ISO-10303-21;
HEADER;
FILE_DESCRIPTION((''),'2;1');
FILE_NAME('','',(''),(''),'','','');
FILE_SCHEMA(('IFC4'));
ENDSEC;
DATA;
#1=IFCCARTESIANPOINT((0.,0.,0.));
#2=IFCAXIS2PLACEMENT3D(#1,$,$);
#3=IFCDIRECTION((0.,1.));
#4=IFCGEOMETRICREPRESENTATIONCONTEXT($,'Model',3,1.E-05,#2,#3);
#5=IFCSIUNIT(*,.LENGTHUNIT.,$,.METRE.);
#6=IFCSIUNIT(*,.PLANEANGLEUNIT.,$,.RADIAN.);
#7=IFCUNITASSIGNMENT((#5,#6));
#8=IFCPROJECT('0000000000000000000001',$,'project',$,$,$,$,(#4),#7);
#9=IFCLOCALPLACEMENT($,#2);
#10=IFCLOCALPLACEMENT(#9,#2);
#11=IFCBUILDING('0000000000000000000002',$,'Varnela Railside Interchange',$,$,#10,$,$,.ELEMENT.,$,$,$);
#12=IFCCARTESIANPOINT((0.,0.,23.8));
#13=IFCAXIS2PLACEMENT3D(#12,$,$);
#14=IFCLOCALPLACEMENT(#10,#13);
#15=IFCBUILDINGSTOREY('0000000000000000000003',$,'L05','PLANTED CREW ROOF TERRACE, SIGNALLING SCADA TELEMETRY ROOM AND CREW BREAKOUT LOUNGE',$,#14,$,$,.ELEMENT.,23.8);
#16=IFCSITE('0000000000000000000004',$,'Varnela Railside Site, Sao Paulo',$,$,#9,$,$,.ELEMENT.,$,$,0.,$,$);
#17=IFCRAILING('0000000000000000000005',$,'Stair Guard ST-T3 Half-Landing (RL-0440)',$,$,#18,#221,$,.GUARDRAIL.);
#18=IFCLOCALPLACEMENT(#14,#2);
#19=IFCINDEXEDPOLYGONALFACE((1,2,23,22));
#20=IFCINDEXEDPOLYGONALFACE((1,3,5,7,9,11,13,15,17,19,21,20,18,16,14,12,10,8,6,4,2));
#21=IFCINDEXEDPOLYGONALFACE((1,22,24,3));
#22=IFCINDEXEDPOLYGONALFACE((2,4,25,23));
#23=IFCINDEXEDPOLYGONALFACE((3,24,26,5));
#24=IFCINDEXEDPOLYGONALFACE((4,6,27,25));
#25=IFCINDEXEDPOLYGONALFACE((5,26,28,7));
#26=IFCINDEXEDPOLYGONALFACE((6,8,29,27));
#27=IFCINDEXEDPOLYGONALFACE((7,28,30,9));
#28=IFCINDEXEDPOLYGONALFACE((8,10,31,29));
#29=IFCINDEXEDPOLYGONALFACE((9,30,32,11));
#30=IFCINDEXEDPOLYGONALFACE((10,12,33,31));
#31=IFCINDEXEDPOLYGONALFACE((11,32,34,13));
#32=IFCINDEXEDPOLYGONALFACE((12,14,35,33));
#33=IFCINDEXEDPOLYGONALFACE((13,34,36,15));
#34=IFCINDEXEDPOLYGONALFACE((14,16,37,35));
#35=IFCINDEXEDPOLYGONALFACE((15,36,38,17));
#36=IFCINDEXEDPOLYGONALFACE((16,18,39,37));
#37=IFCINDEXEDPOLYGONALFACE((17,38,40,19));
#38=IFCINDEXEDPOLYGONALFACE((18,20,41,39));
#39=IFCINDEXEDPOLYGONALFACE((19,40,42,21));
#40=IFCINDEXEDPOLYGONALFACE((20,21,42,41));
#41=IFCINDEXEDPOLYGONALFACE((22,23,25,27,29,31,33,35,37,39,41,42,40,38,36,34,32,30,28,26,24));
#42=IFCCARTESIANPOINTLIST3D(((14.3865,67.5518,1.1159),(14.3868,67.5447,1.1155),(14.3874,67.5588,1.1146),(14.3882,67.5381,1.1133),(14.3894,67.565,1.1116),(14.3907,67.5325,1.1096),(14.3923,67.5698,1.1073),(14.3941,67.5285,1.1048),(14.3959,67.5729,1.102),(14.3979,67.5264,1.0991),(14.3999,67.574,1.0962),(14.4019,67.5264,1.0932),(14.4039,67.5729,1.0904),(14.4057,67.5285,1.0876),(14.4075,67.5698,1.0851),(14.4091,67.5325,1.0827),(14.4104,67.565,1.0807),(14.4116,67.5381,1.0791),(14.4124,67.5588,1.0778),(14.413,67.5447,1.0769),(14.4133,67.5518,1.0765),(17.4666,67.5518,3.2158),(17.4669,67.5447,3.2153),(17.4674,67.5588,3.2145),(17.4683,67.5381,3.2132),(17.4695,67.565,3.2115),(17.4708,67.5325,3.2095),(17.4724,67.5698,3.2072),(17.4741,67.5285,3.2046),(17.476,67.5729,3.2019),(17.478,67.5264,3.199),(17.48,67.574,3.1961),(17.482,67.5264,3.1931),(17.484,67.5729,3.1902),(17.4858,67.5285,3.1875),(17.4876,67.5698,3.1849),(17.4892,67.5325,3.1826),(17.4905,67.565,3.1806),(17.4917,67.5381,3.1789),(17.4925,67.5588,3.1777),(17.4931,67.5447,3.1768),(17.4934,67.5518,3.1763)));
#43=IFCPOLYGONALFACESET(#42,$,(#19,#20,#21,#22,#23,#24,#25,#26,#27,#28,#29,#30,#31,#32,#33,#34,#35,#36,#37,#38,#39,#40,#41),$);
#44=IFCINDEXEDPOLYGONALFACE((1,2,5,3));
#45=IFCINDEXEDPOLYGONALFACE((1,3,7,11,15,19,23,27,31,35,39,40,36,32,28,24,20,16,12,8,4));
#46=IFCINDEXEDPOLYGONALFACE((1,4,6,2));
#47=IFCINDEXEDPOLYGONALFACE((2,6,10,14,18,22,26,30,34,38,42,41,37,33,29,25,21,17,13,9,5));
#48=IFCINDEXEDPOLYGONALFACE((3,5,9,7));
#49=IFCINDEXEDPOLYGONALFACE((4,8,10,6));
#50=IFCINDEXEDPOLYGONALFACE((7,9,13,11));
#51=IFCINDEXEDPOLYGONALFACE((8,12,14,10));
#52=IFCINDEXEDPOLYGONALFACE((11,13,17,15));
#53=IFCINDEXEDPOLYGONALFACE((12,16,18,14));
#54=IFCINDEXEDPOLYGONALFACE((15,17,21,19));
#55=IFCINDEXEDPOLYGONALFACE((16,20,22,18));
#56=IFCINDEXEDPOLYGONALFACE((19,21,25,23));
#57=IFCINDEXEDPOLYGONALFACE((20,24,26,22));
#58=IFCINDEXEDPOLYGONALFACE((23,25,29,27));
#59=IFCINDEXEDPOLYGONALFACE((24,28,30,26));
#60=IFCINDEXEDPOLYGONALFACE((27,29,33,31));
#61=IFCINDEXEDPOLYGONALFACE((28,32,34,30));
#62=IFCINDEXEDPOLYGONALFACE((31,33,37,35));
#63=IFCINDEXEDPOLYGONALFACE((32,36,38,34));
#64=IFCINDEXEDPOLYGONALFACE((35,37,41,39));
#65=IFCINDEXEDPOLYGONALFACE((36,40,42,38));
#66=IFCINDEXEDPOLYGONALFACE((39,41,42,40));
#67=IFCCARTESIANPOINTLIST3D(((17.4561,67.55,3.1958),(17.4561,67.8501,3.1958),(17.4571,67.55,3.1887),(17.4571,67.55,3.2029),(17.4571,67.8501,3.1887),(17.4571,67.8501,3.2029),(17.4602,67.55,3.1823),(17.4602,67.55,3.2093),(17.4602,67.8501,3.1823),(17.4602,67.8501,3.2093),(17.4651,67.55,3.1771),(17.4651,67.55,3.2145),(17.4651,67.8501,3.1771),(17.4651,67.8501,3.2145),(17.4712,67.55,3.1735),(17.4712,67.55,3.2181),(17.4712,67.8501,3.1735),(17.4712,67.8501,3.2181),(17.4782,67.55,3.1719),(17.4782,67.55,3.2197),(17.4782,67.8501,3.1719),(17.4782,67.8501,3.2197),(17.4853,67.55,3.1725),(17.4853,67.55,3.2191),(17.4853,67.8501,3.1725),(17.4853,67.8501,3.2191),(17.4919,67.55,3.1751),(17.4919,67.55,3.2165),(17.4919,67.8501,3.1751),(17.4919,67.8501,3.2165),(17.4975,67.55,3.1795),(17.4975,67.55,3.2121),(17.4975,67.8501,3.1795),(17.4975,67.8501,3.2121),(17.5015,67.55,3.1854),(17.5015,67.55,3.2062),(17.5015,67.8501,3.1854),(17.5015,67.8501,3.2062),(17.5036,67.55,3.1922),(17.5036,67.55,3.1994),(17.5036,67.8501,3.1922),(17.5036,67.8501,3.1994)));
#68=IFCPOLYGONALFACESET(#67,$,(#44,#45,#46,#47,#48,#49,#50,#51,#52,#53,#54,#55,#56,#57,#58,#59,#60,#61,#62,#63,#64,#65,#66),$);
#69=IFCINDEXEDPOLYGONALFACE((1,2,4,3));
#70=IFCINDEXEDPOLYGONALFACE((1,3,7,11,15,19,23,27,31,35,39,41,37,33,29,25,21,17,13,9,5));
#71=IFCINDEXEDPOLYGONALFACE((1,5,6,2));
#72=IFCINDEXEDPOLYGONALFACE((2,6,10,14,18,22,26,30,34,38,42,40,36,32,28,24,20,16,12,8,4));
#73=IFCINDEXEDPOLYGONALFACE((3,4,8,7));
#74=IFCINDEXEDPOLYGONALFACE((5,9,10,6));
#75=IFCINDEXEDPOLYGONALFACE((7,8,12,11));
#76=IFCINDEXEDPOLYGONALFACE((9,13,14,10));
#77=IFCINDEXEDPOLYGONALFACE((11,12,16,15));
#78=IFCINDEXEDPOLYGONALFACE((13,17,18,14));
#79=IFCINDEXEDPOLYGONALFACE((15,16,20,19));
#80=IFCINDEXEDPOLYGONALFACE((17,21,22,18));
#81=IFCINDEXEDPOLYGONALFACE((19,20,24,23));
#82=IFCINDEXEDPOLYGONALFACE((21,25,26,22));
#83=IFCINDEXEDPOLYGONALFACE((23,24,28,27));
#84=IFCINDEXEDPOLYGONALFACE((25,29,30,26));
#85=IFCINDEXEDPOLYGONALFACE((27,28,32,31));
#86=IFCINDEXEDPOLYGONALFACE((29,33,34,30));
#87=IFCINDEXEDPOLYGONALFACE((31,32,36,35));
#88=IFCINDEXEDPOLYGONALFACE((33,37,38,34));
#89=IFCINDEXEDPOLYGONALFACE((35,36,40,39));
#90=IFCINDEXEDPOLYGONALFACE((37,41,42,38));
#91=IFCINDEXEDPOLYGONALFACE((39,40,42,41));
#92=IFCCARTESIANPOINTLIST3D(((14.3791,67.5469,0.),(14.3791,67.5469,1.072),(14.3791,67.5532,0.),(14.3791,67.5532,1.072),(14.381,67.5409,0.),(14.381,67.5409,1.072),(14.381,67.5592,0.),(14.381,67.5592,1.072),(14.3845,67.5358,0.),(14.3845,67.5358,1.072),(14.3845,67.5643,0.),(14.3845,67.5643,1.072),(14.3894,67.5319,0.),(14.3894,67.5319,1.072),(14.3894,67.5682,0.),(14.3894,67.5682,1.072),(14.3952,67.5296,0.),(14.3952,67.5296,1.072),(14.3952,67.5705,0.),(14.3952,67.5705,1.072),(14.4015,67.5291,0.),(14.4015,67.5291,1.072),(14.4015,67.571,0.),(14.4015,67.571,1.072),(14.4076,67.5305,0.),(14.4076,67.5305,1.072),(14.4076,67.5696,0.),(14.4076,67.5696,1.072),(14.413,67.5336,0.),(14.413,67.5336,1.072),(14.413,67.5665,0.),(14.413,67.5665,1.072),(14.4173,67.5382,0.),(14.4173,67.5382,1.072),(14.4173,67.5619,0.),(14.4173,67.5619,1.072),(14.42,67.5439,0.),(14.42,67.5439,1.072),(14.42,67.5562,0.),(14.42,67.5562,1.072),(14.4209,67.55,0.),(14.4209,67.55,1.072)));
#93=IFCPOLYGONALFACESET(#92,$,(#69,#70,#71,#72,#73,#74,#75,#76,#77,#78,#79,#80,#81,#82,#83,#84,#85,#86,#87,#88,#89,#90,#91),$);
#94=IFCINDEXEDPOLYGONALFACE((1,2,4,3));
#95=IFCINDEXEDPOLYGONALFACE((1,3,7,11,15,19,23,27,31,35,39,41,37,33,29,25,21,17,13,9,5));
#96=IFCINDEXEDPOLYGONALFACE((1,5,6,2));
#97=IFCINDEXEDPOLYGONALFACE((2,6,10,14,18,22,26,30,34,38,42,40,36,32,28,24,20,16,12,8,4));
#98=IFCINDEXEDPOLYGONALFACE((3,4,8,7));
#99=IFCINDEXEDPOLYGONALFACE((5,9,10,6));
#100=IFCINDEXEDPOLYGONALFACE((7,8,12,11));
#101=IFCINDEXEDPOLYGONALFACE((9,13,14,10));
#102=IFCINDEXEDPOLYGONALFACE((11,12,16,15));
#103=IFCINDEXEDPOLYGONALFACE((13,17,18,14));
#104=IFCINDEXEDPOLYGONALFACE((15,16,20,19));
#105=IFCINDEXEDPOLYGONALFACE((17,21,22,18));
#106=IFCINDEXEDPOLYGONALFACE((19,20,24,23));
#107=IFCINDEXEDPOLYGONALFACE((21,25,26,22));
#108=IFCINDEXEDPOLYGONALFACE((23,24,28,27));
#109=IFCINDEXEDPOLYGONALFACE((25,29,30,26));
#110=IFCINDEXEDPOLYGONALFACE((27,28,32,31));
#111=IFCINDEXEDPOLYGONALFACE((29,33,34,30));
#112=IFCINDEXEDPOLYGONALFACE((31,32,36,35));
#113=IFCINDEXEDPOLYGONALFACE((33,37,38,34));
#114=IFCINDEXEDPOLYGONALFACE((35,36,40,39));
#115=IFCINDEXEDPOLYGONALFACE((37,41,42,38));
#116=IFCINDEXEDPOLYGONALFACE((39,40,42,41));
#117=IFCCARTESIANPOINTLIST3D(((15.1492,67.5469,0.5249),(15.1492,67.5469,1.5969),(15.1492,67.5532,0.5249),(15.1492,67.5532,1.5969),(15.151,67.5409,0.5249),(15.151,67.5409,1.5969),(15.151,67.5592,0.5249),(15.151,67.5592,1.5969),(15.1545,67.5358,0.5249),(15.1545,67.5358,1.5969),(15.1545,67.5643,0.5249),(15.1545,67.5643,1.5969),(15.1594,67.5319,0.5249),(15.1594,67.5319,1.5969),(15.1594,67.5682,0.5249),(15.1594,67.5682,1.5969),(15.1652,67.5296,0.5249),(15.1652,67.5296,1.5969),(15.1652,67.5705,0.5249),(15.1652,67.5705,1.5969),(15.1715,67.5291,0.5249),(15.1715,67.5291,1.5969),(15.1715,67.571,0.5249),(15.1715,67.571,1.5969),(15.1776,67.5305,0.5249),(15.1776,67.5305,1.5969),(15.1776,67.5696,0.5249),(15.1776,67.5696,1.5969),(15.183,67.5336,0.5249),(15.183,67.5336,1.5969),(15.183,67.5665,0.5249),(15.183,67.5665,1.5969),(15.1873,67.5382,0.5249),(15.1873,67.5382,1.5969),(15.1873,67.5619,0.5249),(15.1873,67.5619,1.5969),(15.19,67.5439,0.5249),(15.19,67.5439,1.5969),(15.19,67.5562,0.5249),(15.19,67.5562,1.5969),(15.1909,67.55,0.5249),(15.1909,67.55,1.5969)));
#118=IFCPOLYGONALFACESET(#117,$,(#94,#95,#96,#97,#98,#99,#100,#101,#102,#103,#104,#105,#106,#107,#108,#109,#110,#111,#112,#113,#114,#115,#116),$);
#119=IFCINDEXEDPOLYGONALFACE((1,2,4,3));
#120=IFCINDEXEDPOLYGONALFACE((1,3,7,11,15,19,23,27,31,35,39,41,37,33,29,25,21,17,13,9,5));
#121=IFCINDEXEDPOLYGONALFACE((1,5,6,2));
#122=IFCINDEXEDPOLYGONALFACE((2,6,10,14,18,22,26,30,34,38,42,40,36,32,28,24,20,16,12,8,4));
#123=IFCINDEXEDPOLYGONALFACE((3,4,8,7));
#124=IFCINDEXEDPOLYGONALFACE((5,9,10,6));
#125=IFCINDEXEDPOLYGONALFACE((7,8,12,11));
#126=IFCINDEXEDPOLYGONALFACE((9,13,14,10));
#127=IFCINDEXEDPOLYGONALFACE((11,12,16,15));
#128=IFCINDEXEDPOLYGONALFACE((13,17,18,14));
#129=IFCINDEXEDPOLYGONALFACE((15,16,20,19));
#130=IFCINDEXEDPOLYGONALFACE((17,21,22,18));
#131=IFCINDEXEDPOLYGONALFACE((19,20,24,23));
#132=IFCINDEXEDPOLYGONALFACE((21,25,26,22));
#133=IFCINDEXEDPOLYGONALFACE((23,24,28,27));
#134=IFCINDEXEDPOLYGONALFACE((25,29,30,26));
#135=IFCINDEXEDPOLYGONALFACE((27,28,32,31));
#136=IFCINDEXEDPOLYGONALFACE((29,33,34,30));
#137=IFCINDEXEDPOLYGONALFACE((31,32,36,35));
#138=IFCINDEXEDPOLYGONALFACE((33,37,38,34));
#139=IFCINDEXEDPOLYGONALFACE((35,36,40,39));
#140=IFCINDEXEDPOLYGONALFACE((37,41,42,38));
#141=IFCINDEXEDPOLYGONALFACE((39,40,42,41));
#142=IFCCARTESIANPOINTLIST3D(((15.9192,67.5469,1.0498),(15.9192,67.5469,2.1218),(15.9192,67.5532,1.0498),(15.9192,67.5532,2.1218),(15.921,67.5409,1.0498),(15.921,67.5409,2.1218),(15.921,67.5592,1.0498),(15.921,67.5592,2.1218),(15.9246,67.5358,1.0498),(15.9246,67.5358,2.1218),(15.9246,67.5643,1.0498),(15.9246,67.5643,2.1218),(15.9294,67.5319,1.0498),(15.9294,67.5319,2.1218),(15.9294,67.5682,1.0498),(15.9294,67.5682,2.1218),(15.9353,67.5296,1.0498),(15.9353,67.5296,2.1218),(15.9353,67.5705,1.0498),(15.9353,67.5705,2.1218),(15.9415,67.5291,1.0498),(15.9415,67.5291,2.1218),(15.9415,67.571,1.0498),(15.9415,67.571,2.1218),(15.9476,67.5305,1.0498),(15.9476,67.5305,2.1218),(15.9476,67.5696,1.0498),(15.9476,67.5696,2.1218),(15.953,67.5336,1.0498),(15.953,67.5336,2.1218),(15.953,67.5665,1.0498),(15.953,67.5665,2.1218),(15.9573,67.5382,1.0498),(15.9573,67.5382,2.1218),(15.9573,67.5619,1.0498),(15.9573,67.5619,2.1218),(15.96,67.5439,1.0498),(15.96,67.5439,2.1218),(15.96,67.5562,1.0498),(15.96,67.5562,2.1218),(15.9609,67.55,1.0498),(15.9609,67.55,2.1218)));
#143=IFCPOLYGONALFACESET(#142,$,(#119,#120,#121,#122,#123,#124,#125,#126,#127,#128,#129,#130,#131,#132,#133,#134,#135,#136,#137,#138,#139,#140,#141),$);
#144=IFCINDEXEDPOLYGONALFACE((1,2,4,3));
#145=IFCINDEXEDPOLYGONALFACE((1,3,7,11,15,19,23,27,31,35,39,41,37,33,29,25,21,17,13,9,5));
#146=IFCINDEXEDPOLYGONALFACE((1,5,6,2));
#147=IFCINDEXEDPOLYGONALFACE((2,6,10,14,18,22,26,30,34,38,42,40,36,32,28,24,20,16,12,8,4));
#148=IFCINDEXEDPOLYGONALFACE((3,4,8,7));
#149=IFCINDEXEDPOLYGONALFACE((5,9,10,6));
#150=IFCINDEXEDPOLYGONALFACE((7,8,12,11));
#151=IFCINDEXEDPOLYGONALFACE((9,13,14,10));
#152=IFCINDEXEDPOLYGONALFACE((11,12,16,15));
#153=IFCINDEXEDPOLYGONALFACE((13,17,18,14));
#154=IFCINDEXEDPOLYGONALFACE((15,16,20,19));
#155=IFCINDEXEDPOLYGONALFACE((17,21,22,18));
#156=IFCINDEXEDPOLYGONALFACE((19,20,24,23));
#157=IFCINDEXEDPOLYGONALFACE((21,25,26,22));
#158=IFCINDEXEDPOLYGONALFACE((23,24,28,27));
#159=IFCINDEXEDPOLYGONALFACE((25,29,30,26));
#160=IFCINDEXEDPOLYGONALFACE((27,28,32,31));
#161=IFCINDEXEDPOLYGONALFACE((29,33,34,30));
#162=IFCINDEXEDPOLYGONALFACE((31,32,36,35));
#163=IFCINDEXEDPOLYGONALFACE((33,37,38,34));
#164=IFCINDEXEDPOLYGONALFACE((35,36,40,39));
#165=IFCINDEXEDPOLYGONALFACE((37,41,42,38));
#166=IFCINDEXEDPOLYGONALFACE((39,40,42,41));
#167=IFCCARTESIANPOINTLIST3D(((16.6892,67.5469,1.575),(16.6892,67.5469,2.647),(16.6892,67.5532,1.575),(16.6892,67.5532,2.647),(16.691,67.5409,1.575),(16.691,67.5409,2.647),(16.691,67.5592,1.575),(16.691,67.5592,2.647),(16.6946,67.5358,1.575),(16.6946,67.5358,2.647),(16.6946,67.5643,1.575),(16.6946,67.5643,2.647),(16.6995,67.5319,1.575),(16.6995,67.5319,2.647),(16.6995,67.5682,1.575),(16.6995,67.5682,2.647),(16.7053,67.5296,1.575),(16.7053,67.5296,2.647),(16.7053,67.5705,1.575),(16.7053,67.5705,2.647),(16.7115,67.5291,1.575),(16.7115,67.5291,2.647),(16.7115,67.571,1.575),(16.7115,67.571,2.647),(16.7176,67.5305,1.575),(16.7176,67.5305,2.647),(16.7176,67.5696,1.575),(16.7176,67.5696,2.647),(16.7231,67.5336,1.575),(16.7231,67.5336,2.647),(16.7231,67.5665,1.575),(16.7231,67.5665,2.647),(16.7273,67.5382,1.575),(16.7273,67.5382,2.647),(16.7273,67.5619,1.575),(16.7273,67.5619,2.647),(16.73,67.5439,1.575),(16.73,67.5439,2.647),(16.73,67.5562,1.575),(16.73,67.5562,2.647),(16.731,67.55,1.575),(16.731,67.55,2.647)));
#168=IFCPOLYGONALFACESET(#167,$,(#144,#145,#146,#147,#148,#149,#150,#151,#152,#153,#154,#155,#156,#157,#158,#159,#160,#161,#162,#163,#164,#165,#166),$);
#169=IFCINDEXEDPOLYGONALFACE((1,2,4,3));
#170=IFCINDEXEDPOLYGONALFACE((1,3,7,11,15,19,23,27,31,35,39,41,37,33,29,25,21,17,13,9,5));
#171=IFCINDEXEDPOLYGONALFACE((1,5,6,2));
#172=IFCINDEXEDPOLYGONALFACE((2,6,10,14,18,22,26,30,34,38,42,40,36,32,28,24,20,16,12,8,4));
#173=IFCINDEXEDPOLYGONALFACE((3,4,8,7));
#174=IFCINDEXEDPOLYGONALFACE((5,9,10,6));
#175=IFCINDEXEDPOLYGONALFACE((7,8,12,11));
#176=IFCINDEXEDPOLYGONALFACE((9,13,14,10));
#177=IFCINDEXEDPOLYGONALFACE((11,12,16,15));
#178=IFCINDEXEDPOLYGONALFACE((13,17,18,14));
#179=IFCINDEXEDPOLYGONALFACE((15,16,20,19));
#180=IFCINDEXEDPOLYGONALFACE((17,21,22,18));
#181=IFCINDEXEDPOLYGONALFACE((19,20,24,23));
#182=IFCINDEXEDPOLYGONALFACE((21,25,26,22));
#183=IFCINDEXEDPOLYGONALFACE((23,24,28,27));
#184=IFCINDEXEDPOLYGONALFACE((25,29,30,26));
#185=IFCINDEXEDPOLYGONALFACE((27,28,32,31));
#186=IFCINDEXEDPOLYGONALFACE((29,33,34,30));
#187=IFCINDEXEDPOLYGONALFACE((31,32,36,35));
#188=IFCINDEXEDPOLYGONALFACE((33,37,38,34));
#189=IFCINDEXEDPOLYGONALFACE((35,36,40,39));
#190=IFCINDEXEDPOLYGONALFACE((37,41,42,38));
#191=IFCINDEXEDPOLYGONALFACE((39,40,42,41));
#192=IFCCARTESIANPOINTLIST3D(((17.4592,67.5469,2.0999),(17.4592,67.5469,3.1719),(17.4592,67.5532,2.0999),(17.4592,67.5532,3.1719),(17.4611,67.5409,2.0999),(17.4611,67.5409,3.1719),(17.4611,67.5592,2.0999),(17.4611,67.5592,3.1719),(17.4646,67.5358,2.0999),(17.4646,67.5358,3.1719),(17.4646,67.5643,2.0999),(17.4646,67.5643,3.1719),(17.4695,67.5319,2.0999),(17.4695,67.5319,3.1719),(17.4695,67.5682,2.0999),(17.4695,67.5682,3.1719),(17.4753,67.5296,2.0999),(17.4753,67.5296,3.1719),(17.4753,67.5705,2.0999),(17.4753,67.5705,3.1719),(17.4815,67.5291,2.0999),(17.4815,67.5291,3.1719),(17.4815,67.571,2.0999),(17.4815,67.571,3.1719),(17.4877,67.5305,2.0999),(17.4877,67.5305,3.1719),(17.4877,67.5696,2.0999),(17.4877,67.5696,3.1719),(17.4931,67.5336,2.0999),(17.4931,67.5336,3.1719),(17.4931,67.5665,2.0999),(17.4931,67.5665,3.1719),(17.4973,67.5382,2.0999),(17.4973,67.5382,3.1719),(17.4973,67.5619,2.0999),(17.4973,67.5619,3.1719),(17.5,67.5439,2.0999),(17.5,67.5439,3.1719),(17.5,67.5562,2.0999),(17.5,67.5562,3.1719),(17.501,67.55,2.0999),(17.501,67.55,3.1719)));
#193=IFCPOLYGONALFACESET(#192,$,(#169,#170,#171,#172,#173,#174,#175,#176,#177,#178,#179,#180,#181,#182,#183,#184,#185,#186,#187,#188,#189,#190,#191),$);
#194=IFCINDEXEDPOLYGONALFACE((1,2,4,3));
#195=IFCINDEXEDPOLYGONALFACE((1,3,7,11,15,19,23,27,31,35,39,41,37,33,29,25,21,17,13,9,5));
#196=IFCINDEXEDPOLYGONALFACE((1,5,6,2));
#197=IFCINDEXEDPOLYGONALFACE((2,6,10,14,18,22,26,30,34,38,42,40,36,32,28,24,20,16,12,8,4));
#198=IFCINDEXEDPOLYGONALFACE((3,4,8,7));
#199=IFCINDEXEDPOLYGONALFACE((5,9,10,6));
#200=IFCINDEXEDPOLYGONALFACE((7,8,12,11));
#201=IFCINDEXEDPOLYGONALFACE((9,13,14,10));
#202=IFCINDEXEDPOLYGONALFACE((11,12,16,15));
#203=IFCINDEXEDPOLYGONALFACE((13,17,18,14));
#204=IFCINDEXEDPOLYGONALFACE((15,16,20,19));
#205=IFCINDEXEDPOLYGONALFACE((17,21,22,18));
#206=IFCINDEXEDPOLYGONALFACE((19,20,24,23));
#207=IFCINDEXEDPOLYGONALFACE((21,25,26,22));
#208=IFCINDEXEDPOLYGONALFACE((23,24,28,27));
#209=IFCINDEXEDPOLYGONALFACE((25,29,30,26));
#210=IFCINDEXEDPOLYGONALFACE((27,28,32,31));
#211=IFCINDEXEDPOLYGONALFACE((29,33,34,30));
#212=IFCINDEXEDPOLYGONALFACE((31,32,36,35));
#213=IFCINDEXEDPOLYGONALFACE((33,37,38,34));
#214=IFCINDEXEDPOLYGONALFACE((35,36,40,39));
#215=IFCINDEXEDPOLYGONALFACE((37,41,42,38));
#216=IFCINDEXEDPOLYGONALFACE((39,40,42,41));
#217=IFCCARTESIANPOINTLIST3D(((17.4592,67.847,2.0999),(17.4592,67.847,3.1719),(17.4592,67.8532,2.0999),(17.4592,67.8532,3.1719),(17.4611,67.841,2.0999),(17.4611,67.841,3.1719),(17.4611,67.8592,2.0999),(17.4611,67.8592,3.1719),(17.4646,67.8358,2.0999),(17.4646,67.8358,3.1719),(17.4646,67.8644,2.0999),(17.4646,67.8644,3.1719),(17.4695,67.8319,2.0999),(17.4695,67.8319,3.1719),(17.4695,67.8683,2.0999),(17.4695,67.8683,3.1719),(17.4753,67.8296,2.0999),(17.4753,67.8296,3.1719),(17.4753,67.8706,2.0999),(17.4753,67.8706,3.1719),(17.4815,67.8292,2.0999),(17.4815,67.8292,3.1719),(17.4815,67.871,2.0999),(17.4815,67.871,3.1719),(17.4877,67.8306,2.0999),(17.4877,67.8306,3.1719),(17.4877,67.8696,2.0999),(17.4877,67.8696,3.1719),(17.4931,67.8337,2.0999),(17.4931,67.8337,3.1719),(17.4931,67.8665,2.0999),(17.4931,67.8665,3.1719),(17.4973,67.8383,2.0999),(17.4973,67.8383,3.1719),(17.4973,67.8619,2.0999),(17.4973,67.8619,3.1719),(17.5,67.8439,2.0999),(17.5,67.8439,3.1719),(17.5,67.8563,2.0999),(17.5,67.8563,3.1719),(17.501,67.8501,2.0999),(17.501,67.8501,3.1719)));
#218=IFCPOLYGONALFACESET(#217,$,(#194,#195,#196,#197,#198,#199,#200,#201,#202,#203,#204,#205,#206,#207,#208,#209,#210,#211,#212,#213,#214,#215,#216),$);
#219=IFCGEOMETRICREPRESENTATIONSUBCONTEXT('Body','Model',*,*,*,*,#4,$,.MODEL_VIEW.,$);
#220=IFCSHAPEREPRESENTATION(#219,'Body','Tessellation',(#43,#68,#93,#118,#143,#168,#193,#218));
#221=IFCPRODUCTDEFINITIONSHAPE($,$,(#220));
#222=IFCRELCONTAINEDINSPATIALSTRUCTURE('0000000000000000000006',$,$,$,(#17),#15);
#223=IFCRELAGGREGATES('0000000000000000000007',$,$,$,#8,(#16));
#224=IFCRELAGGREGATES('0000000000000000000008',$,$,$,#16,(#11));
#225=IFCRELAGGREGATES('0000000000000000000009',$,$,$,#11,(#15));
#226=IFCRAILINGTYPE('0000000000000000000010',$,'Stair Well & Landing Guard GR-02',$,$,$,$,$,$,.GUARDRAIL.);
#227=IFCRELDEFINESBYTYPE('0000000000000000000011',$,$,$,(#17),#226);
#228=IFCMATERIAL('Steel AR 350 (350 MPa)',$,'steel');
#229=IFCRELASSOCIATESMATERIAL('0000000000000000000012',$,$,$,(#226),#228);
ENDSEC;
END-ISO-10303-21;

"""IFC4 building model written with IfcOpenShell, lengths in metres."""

from ifc_helpers import new_model, si_unit, direction, frame, origin, origin_2d, place, context, subcontext, project, spatial, circle, extrude, material, type_object, element, save


model = new_model("IFC4")

# Units and contexts
model_context = context("Model", 3, precision=1e-05, world=origin(), true_north=direction((0.0, 1.0)))
body_context = subcontext(model_context, "Body", "Model", "MODEL_VIEW")
ifc_project = project(units=[si_unit("LENGTHUNIT", "METRE"), si_unit("PLANEANGLEUNIT", "RADIAN")], contexts=[model_context])

# Site, building, storey
site_placement = place(None, origin())
site = spatial("IfcSite", under=ifc_project, at=site_placement, Name="Varnela Railside Site, Sao Paulo", CompositionType="ELEMENT", RefElevation=0.0)
building_placement = place(site_placement, origin())
building = spatial("IfcBuilding", under=site, at=building_placement, Name="Varnela Railside Interchange", CompositionType="ELEMENT")
storey_placement = place(building_placement, frame((0.0, 0.0, 23.8)))
storey = spatial("IfcBuildingStorey", under=building, at=storey_placement, Name="L05", Description="PLANTED CREW ROOF TERRACE, SIGNALLING SCADA TELEMETRY ROOM AND CREW BREAKOUT LOUNGE", CompositionType="ELEMENT", Elevation=23.8)

# Shared definitions
ifc_material_1 = material(Name="Steel AR 350 (350 MPa)", Category="steel")

# Railing
railing_type_1 = type_object("IfcRailingType", Name="Stair Well & Landing Guard GR-02", PredefinedType="GUARDRAIL", material=ifc_material_1)
railing_1_placement = place(storey_placement, frame((14.3999, 67.55, 0.0)))
element("IfcRailing", 1, at=railing_1_placement, inside=storey, type_object=railing_type_1, Name="Stair Guard ST-T3 Half-Landing (RL-0440)", PredefinedType="GUARDRAIL", context=body_context, shape_type="SweptSolid", body=[
    extrude(circle(Radius=0.0239, at=origin_2d()), frame((0.0, 0.0, 1.0962), z_axis=(0.826252, 0.0, 0.5633), x_axis=(0.0, 1.0, 0.0)), (0.0, 0.0, 1.0), 3.7278),
    extrude(circle(Radius=0.0239, at=origin_2d()), frame((3.0801, 0.0, 3.1958), z_axis=(0.0, 1.0, 0.0), x_axis=(-1.0, 0.0, 0.0)), (0.0, 0.0, 1.0), 0.3),
    extrude(circle(Radius=0.021, at=origin_2d()), origin(), (0.0, 0.0, 1.0), 1.072),
    extrude(circle(Radius=0.021, at=origin_2d()), frame((0.77, 0.0, 0.5249)), (0.0, 0.0, 1.0), 1.072),
    extrude(circle(Radius=0.021, at=origin_2d()), frame((1.54, 0.0, 1.0498)), (0.0, 0.0, 1.0), 1.072),
    extrude(circle(Radius=0.021, at=origin_2d()), frame((2.3101, 0.0, 1.575)), (0.0, 0.0, 1.0), 1.072),
    extrude(circle(Radius=0.021, at=origin_2d()), frame((3.0801, 0.0, 2.0999)), (0.0, 0.0, 1.0), 1.072),
    extrude(circle(Radius=0.021, at=origin_2d()), frame((3.0801, 0.3, 2.0999)), (0.0, 0.0, 1.0), 1.072),
])

save(model, "model.ifc")
